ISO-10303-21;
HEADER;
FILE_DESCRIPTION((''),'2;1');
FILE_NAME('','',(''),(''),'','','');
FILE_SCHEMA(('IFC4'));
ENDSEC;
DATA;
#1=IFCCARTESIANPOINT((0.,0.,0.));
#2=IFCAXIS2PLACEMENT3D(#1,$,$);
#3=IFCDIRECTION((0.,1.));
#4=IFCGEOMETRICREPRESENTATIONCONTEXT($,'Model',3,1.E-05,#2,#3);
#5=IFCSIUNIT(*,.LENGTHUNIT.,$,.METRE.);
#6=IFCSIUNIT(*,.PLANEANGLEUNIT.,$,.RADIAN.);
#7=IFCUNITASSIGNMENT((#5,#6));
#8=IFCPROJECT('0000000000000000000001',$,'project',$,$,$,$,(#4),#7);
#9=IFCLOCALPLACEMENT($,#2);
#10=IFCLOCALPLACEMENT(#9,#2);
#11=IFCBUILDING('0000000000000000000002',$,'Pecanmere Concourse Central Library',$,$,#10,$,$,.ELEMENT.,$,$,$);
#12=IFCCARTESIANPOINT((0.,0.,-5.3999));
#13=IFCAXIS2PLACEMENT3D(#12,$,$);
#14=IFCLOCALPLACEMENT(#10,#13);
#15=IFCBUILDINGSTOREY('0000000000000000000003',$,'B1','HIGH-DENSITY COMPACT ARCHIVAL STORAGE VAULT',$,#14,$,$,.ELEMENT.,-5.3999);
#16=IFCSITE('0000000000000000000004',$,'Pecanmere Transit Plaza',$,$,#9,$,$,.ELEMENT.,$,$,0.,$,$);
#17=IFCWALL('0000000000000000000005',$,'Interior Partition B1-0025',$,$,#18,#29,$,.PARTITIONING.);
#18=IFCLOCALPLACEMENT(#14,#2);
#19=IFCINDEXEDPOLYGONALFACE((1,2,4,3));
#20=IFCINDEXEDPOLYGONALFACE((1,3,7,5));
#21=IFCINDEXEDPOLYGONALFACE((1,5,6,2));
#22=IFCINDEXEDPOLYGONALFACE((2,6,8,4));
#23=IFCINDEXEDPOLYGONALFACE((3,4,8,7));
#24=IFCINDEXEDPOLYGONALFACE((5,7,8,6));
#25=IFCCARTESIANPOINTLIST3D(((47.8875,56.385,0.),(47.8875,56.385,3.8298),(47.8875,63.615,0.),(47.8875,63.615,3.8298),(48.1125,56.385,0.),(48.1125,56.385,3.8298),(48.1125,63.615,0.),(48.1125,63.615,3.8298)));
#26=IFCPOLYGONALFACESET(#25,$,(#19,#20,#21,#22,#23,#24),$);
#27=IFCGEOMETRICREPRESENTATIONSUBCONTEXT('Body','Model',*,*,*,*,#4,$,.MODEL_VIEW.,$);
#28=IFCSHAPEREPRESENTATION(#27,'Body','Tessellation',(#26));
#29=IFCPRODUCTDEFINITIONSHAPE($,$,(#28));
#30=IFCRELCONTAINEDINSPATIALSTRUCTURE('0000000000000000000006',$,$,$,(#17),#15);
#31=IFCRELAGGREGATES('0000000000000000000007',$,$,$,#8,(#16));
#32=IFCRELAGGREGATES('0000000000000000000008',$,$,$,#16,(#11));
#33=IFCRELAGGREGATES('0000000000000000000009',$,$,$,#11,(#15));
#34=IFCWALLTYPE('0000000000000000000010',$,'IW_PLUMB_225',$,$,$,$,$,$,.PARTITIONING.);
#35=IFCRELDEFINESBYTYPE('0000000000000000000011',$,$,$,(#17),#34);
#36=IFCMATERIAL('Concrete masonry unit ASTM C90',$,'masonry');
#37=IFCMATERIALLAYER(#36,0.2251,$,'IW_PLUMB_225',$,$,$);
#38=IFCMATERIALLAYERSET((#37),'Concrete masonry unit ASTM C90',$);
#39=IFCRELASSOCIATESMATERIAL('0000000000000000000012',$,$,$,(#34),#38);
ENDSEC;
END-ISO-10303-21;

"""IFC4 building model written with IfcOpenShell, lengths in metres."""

from ifc_helpers import new_model, si_unit, direction, frame, frame_2d, origin, place, context, subcontext, project, spatial, rectangle, extrude, material, layer, layer_set, type_object, element, save


model = new_model("IFC4")

# Units and contexts
model_context = context("Model", 3, precision=1e-05, world=origin(), true_north=direction((0.0, 1.0)))
body_context = subcontext(model_context, "Body", "Model", "MODEL_VIEW")
ifc_project = project(units=[si_unit("LENGTHUNIT", "METRE"), si_unit("PLANEANGLEUNIT", "RADIAN")], contexts=[model_context])

# Site, building, storey
site_placement = place(None, origin())
site = spatial("IfcSite", under=ifc_project, at=site_placement, Name="Pecanmere Transit Plaza", CompositionType="ELEMENT", RefElevation=0.0)
building_placement = place(site_placement, origin())
building = spatial("IfcBuilding", under=site, at=building_placement, Name="Pecanmere Concourse Central Library", CompositionType="ELEMENT")
storey_placement = place(building_placement, frame((0.0, 0.0, -5.3999)))
storey = spatial("IfcBuildingStorey", under=building, at=storey_placement, Name="B1", Description="HIGH-DENSITY COMPACT ARCHIVAL STORAGE VAULT", CompositionType="ELEMENT", Elevation=-5.3999)

# Shared definitions
ifc_material_1 = material(Name="Concrete masonry unit ASTM C90", Category="masonry")
ifc_layer = layer(ifc_material_1, 0.2251, Name="IW_PLUMB_225")
ifc_layer_set = layer_set([ifc_layer], Name="Concrete masonry unit ASTM C90")
wall_type = type_object("IfcWallType", Name="IW_PLUMB_225", PredefinedType="PARTITIONING", material=ifc_layer_set)

# Wall
wall_1_placement = place(storey_placement, frame((48.0, 56.385, 0.0), z_axis=(0.0, 0.0, 1.0), x_axis=(0.0, 1.0, 0.0)))
element("IfcWall", 1, at=wall_1_placement, inside=storey, type_object=wall_type, Name="Interior Partition B1-0025", PredefinedType="PARTITIONING", context=body_context, shape_type="SweptSolid", body=[
    extrude(rectangle(XDim=7.23, YDim=0.2251, at=frame_2d((3.615, 0.0))), origin(), (0.0, 0.0, 1.0), 3.8298),
])

save(model, "model.ifc")
